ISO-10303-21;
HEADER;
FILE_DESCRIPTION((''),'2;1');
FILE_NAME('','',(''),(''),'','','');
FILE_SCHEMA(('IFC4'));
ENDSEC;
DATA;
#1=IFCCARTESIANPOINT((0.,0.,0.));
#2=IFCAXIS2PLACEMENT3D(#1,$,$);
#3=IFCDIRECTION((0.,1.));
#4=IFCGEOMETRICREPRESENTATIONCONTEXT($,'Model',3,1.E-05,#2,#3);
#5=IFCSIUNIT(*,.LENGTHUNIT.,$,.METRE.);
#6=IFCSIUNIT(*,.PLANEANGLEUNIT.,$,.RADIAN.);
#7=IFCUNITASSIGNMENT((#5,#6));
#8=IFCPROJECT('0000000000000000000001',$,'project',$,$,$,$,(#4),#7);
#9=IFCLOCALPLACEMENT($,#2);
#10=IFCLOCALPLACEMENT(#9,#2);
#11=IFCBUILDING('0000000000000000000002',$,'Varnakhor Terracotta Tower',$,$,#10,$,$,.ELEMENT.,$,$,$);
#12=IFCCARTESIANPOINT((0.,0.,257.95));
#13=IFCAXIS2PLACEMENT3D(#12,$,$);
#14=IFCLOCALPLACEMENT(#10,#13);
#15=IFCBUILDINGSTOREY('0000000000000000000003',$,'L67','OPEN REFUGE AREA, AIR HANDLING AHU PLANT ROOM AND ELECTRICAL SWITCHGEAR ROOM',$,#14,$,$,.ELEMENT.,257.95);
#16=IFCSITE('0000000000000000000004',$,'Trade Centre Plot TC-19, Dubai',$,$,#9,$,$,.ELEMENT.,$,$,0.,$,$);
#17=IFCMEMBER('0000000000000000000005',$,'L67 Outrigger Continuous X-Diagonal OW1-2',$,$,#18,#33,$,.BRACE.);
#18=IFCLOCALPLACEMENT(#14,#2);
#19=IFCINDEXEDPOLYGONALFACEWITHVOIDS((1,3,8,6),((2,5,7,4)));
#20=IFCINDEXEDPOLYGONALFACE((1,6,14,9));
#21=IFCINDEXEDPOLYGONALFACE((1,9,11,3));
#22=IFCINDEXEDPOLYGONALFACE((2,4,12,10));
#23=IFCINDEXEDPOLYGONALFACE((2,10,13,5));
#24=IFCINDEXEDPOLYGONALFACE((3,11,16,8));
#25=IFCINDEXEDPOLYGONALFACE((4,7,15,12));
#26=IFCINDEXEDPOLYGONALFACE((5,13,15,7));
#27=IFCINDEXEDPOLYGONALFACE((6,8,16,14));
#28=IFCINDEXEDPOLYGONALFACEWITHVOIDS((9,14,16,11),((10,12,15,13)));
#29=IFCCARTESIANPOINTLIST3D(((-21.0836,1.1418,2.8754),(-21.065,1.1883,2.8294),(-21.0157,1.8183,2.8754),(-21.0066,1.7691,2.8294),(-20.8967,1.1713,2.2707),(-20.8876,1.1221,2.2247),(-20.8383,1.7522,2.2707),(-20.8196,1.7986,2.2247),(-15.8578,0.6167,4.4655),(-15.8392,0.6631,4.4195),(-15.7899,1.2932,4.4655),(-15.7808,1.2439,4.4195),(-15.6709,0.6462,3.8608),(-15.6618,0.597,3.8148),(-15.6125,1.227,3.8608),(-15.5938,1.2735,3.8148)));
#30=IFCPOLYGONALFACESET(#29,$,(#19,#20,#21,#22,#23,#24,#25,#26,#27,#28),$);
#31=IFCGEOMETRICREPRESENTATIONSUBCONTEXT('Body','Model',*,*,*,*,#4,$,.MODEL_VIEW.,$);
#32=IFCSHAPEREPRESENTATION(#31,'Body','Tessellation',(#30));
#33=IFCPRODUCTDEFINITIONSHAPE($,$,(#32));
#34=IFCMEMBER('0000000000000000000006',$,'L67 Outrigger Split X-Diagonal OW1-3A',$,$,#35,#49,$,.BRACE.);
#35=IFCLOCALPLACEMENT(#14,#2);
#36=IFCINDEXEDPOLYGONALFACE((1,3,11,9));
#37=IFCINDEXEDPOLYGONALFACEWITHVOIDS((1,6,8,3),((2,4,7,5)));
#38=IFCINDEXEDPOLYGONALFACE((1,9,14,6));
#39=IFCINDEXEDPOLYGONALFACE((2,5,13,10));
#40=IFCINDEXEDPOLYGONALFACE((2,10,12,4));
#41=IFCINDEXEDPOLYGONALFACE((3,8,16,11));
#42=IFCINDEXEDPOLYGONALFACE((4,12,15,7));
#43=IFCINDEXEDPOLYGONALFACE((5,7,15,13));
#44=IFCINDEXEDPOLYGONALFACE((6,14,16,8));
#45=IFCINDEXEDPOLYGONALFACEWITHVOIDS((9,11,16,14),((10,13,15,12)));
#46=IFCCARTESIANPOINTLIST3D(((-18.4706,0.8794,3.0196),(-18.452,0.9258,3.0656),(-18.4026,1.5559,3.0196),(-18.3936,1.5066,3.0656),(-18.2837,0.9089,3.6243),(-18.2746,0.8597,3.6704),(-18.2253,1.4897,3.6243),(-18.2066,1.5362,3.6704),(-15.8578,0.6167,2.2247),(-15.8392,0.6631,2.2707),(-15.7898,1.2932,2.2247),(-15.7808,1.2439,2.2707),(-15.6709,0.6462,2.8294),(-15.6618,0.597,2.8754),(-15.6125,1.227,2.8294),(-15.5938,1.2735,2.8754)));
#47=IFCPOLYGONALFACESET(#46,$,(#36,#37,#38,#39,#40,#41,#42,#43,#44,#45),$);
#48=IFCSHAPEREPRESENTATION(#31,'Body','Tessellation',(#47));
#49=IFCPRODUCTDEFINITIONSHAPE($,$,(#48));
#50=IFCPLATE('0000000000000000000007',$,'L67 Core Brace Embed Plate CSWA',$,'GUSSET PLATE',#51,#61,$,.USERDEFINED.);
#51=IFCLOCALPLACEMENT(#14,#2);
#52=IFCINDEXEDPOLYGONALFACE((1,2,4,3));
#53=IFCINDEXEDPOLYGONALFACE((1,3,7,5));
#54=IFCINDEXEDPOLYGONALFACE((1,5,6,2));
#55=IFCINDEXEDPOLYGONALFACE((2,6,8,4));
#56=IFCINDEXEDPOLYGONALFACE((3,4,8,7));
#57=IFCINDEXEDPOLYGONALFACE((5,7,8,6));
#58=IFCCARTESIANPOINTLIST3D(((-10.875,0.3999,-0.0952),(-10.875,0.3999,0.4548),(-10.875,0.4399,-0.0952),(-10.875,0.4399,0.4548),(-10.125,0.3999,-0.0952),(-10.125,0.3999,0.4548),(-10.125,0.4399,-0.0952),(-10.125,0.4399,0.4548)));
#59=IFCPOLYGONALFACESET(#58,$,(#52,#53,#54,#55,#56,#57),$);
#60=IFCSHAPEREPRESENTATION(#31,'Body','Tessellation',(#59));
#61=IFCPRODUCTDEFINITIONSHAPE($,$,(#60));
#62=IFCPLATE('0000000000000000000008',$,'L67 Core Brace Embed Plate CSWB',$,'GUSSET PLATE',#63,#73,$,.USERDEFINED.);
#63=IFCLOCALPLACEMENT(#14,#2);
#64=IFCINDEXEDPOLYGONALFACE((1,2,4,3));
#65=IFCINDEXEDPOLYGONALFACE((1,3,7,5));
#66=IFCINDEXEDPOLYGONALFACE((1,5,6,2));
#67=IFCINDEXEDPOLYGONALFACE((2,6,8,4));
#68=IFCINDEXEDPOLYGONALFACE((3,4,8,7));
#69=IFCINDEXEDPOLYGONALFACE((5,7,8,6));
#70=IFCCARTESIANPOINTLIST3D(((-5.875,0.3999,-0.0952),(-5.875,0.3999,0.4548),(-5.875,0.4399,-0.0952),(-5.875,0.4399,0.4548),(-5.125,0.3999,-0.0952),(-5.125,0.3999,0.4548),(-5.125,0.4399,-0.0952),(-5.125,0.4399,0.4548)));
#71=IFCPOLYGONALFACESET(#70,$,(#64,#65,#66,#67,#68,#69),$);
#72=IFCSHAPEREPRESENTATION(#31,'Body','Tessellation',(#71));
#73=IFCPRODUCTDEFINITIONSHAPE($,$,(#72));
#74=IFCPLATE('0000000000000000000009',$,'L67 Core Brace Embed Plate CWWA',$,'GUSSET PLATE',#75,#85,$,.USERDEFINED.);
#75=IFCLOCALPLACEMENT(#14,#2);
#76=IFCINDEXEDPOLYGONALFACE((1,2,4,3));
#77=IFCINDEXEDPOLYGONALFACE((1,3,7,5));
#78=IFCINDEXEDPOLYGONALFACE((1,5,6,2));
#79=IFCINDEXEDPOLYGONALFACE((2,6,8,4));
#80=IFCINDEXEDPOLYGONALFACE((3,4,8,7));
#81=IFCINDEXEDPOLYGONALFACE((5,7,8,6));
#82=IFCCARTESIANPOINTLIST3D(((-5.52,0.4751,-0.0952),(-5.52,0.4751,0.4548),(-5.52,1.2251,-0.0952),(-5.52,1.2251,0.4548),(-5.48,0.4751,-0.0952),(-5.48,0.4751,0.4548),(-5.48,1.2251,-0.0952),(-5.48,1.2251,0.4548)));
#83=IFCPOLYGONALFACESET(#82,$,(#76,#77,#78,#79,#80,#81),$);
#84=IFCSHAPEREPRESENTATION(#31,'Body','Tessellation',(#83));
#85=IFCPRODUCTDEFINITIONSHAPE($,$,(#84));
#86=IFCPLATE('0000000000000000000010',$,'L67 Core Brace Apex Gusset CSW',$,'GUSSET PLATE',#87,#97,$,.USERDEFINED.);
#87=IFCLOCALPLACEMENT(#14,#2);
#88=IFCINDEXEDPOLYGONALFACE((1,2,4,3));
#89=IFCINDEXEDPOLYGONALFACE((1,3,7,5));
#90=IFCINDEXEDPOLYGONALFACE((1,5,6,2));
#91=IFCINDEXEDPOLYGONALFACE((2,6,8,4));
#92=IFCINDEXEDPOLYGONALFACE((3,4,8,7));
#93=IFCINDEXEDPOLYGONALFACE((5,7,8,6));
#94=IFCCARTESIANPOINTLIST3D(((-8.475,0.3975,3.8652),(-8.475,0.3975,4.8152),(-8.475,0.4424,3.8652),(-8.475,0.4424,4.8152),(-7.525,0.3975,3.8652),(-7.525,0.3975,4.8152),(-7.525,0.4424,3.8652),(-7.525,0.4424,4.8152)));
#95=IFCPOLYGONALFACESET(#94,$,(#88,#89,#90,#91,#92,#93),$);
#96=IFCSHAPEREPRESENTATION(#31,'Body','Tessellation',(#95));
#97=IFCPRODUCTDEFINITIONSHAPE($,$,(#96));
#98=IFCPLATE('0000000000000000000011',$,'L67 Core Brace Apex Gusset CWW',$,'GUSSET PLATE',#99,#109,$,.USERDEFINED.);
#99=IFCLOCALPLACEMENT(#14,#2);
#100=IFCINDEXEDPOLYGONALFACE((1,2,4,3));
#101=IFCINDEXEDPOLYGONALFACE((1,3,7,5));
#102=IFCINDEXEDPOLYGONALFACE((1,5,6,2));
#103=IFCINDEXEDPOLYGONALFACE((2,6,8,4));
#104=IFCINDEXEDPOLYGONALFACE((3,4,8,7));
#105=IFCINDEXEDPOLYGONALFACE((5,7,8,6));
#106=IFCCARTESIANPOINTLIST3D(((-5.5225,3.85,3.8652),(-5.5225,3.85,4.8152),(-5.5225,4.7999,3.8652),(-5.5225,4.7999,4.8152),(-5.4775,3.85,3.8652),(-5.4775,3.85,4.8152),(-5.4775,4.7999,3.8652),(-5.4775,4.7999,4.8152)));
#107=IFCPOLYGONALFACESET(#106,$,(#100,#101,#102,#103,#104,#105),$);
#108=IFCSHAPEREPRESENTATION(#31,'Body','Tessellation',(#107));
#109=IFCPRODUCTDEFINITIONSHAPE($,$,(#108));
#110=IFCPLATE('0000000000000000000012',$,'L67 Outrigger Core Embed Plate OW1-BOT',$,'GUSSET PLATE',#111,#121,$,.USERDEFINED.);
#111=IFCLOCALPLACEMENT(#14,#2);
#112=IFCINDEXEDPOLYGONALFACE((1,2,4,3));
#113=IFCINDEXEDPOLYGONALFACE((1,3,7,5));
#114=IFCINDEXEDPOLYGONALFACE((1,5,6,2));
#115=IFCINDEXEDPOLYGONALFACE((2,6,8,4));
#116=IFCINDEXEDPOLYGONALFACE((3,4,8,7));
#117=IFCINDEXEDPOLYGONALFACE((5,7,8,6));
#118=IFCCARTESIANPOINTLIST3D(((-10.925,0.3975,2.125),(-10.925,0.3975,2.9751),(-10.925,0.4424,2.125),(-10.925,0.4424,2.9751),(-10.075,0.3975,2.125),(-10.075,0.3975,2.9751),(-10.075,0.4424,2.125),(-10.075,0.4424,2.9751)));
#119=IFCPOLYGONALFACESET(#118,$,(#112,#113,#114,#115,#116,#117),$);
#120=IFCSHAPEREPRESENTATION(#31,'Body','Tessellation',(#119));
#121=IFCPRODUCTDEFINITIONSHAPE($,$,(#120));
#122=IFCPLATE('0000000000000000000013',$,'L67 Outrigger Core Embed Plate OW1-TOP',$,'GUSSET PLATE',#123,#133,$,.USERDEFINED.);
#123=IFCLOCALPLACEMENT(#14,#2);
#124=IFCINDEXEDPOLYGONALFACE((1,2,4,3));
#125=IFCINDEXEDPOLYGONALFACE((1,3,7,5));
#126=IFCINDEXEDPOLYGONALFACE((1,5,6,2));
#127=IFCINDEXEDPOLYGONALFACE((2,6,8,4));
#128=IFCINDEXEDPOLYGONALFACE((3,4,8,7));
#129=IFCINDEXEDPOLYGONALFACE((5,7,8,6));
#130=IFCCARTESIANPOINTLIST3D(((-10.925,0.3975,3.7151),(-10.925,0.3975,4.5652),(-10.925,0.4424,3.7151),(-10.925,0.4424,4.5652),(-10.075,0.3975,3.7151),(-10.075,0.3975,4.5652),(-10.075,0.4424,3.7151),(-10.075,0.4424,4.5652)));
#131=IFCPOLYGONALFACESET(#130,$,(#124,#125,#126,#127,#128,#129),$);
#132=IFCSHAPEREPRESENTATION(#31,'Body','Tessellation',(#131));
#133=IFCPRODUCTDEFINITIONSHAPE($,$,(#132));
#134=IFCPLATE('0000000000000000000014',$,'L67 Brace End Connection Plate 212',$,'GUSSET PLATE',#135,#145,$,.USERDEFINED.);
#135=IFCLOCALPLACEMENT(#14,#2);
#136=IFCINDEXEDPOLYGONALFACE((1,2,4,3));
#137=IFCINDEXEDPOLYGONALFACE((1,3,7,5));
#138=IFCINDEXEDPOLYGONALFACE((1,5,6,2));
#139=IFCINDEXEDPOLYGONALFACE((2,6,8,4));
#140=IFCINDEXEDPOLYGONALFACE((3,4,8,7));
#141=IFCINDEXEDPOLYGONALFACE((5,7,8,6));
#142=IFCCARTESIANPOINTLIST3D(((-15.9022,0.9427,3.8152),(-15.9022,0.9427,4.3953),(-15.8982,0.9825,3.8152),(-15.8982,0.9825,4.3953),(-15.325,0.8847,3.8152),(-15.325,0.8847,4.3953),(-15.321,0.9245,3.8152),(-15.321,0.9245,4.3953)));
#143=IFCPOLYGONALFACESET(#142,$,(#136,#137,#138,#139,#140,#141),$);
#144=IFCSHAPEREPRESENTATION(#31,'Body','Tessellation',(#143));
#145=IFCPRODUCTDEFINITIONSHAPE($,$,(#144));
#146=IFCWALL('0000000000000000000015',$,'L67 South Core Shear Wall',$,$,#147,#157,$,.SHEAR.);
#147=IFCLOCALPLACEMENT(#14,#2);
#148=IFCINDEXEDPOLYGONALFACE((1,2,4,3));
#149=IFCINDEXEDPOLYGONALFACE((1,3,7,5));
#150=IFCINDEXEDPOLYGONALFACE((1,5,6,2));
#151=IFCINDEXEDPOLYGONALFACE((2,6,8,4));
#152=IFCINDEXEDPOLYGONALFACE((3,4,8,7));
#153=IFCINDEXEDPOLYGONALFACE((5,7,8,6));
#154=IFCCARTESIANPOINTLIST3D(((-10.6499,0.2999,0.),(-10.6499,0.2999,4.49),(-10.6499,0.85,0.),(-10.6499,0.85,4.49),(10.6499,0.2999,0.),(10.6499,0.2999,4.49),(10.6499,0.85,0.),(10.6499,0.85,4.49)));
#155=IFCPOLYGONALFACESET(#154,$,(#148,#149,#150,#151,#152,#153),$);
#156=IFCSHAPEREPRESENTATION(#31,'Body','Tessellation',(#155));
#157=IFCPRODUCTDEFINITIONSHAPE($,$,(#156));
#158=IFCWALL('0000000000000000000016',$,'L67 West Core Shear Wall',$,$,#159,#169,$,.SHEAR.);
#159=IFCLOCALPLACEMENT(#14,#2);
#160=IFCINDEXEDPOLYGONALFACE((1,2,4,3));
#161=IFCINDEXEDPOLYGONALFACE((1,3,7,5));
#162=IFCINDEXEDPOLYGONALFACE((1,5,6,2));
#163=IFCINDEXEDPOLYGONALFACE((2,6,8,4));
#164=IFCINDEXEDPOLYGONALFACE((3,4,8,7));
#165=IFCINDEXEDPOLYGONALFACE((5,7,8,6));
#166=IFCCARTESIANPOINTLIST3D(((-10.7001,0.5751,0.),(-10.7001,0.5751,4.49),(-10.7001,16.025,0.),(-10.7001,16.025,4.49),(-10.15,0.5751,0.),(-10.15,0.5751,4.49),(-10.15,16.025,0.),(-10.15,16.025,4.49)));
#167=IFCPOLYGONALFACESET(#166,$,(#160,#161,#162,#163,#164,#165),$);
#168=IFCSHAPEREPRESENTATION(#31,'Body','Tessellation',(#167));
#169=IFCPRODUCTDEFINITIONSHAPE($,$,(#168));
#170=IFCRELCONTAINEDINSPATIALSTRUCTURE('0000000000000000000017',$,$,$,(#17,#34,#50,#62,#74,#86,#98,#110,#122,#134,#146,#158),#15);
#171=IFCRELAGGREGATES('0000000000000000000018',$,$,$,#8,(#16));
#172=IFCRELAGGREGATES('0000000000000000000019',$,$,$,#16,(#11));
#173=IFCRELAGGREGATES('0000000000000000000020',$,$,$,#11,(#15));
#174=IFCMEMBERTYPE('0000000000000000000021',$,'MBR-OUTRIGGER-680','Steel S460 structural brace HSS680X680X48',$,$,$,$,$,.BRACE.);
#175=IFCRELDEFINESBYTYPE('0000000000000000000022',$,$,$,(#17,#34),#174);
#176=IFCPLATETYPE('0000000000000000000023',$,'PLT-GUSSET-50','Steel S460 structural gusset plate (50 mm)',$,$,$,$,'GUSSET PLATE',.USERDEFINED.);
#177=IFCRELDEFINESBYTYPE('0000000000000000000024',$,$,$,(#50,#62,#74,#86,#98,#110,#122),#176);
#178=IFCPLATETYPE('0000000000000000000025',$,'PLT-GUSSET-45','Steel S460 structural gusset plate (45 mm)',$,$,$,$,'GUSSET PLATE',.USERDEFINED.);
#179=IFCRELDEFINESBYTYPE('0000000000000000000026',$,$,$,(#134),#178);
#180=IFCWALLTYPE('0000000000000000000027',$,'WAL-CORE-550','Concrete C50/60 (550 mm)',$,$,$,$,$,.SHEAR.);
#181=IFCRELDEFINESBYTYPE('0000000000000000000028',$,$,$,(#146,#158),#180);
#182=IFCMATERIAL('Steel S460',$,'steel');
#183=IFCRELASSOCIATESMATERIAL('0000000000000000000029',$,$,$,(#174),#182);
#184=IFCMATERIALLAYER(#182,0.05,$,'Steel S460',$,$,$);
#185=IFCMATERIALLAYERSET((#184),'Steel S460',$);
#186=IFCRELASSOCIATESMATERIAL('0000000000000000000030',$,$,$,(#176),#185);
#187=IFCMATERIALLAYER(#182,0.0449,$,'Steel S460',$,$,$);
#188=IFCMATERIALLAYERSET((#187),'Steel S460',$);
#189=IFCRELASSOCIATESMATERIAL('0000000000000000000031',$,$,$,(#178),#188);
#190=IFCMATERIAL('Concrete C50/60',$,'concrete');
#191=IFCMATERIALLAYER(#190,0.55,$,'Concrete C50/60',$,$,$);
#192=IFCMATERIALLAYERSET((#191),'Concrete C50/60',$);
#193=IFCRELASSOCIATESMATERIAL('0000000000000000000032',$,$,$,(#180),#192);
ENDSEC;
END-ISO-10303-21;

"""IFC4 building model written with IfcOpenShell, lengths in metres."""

from ifc_helpers import new_model, si_unit, direction, frame, frame_2d, origin, origin_2d, place, context, subcontext, project, spatial, rectangle, hollow_rectangle, extrude, source, transform, mapped, material, layer, layer_set, material_profile, profile_set, type_object, type_shapes, element, save


model = new_model("IFC4")

# Units and contexts
model_context = context("Model", 3, precision=1e-05, world=origin(), true_north=direction((0.0, 1.0)))
body_context = subcontext(model_context, "Body", "Model", "MODEL_VIEW")
ifc_project = project(units=[si_unit("LENGTHUNIT", "METRE"), si_unit("PLANEANGLEUNIT", "RADIAN")], contexts=[model_context])

# Site, building, storey
site_placement = place(None, origin())
site = spatial("IfcSite", under=ifc_project, at=site_placement, Name="Trade Centre Plot TC-19, Dubai", CompositionType="ELEMENT", RefElevation=0.0)
building_placement = place(site_placement, origin())
building = spatial("IfcBuilding", under=site, at=building_placement, Name="Varnakhor Terracotta Tower", CompositionType="ELEMENT")
storey_placement = place(building_placement, frame((0.0, 0.0, 257.95)))
storey = spatial("IfcBuildingStorey", under=building, at=storey_placement, Name="L67", Description="OPEN REFUGE AREA, AIR HANDLING AHU PLANT ROOM AND ELECTRICAL SWITCHGEAR ROOM", CompositionType="ELEMENT", Elevation=257.95)

# Shared definitions
ifc_material_1 = material(Name="Concrete C50/60", Category="concrete")

# Members
ifc_material_2 = material(Name="Steel S460", Category="steel")
ifc_material_profile_1 = material_profile(ifc_material_2, hollow_rectangle(XDim=0.6799, YDim=0.6799, WallThickness=0.0481, at=origin_2d()), Name="HSS680X680X48")
ifc_profile_set_1 = profile_set([ifc_material_profile_1], Name="Steel S460")
member_type_1 = type_object("IfcMemberType", Name="MBR-OUTRIGGER-680", Description="Steel S460 structural brace HSS680X680X48", PredefinedType="BRACE", material=ifc_profile_set_1)
shared_shape_1 = source(origin(), body_context, "Body", "SweptSolid", [
    extrude(hollow_rectangle(XDim=0.6799, YDim=0.6799, WallThickness=0.0481, at=origin_2d()), origin(), (0.0, 0.0, 1.0), 5.4875),
])
for number, where, z_axis, x_axis, name in (
    (1, (-15.7258, 0.9451, 4.1401), (-0.952303, 0.095697, -0.289762), (-0.099987, -0.994989, 0.0), "L67 Outrigger Continuous X-Diagonal OW1-2"),
):
    element("IfcMember", number, at=place(storey_placement, frame(where, z_axis=z_axis, x_axis=x_axis)), inside=storey, type_object=member_type_1, Name=name, PredefinedType="BRACE", context=body_context, shape_type="MappedRepresentation", body=[
        mapped(shared_shape_1, transform((0.0, 0.0, 0.0), scale=1.0)),
    ])
shared_shape_2 = source(origin(), body_context, "Body", "SweptSolid", [
    extrude(hollow_rectangle(XDim=0.6799, YDim=0.6799, WallThickness=0.0481, at=origin_2d()), origin(), (0.0, 0.0, 1.0), 2.7437),
])
member_1_placement = place(storey_placement, frame((-15.7258, 0.9451, 2.55), z_axis=(-0.952307, 0.095747, 0.289732), x_axis=(-0.100038, -0.994984, 0.0)))
element("IfcMember", 2, at=member_1_placement, inside=storey, type_object=member_type_1, Name="L67 Outrigger Split X-Diagonal OW1-3A", PredefinedType="BRACE", context=body_context, shape_type="MappedRepresentation", body=[
    mapped(shared_shape_2, transform((0.0, 0.0, 0.0), scale=1.0)),
])

# Plates
ifc_layer_1 = layer(ifc_material_2, 0.05, Name="Steel S460")
ifc_layer_set_1 = layer_set([ifc_layer_1], Name="Steel S460")
plate_type_1 = type_object("IfcPlateType", Name="PLT-GUSSET-50", Description="Steel S460 structural gusset plate (50 mm)", ElementType="GUSSET PLATE", PredefinedType="USERDEFINED", material=ifc_layer_set_1)
shared_shape_3 = source(origin(), body_context, "Body", "SweptSolid", [
    extrude(rectangle(XDim=0.75, YDim=0.04, at=origin_2d()), origin(), (0.0, 0.0, 1.0), 0.55),
])
type_shapes(plate_type_1, [shared_shape_3])
for number, where, z_axis, x_axis, name in (
    (3, (-10.5, 0.4199, -0.0952), (0.0, 0.0, 1.0), (1.0, 0.0, 0.0), "L67 Core Brace Embed Plate CSWA"),
    (4, (-5.5, 0.4199, -0.0952), (0.0, 0.0, 1.0), (1.0, 0.0, 0.0), "L67 Core Brace Embed Plate CSWB"),
    (5, (-5.5, 0.8501, -0.0952), (0.0, 0.0, 1.0), (0.0, 1.0, 0.0), "L67 Core Brace Embed Plate CWWA"),
):
    element("IfcPlate", number, at=place(storey_placement, frame(where, z_axis=z_axis, x_axis=x_axis)), inside=storey, type_object=plate_type_1, Name=name, ObjectType="GUSSET PLATE", PredefinedType="USERDEFINED", context=body_context, shape_type="MappedRepresentation", body=[
        mapped(shared_shape_3, transform((0.0, 0.0, 0.0), scale=1.0)),
    ])
shared_shape_4 = source(origin(), body_context, "Body", "SweptSolid", [
    extrude(rectangle(XDim=0.95, YDim=0.0449, at=origin_2d()), origin(), (0.0, 0.0, 1.0), 0.95),
])
for number, where, z_axis, x_axis, name in (
    (6, (-8.0, 0.4199, 3.8652), (0.0, 0.0, 1.0), (1.0, 0.0, 0.0), "L67 Core Brace Apex Gusset CSW"),
    (7, (-5.5, 4.325, 3.8652), (0.0, 0.0, 1.0), (0.0, 1.0, 0.0), "L67 Core Brace Apex Gusset CWW"),
):
    element("IfcPlate", number, at=place(storey_placement, frame(where, z_axis=z_axis, x_axis=x_axis)), inside=storey, type_object=plate_type_1, Name=name, ObjectType="GUSSET PLATE", PredefinedType="USERDEFINED", context=body_context, shape_type="MappedRepresentation", body=[
        mapped(shared_shape_4, transform((0.0, 0.0, 0.0), scale=1.0)),
    ])
shared_shape_5 = source(origin(), body_context, "Body", "SweptSolid", [
    extrude(rectangle(XDim=0.8501, YDim=0.0449, at=origin_2d()), origin(), (0.0, 0.0, 1.0), 0.8501),
])
for number, where, z_axis, x_axis, name in (
    (8, (-10.5, 0.4199, 2.125), (0.0, 0.0, 1.0), (1.0, 0.0, 0.0), "L67 Outrigger Core Embed Plate OW1-BOT"),
    (9, (-10.5, 0.4199, 3.7151), (0.0, 0.0, 1.0), (1.0, 0.0, 0.0), "L67 Outrigger Core Embed Plate OW1-TOP"),
):
    element("IfcPlate", number, at=place(storey_placement, frame(where, z_axis=z_axis, x_axis=x_axis)), inside=storey, type_object=plate_type_1, Name=name, ObjectType="GUSSET PLATE", PredefinedType="USERDEFINED", context=body_context, shape_type="MappedRepresentation", body=[
        mapped(shared_shape_5, transform((0.0, 0.0, 0.0), scale=1.0)),
    ])
ifc_layer_2 = layer(ifc_material_2, 0.0449, Name="Steel S460")
ifc_layer_set_2 = layer_set([ifc_layer_2], Name="Steel S460")
plate_type_2 = type_object("IfcPlateType", Name="PLT-GUSSET-45", Description="Steel S460 structural gusset plate (45 mm)", ElementType="GUSSET PLATE", PredefinedType="USERDEFINED", material=ifc_layer_set_2)
shared_shape_6 = source(origin(), body_context, "Body", "SweptSolid", [
    extrude(rectangle(XDim=0.5801, YDim=0.04, at=origin_2d()), origin(), (0.0, 0.0, 1.0), 0.5801),
])
plate_placement = place(storey_placement, frame((-15.6116, 0.9336, 3.8152), z_axis=(0.0, 0.0, 1.0), x_axis=(-0.994989, 0.09998, 0.0)))
element("IfcPlate", 10, at=plate_placement, inside=storey, type_object=plate_type_2, Name="L67 Brace End Connection Plate 212", ObjectType="GUSSET PLATE", PredefinedType="USERDEFINED", context=body_context, shape_type="MappedRepresentation", body=[
    mapped(shared_shape_6, transform((0.0, 0.0, 0.0), scale=1.0)),
])

# Walls
ifc_layer_3 = layer(ifc_material_1, 0.55, Name="Concrete C50/60")
ifc_layer_set_3 = layer_set([ifc_layer_3], Name="Concrete C50/60")
wall_type_1 = type_object("IfcWallType", Name="WAL-CORE-550", Description="Concrete C50/60 (550 mm)", PredefinedType="SHEAR", material=ifc_layer_set_3)
wall_1_placement = place(storey_placement, frame((-10.6499, 0.575, 0.0), z_axis=(0.0, 0.0, 1.0), x_axis=(1.0, 0.0, 0.0)))
element("IfcWall", 11, at=wall_1_placement, inside=storey, type_object=wall_type_1, Name="L67 South Core Shear Wall", PredefinedType="SHEAR", context=body_context, shape_type="SweptSolid", body=[
    extrude(rectangle(XDim=21.2998, YDim=0.55, at=frame_2d((10.6499, 0.0))), origin(), (0.0, 0.0, 1.0), 4.49),
])
wall_2_placement = place(storey_placement, frame((-10.425, 0.575, 0.0), z_axis=(0.0, 0.0, 1.0), x_axis=(0.0, 1.0, 0.0)))
element("IfcWall", 12, at=wall_2_placement, inside=storey, type_object=wall_type_1, Name="L67 West Core Shear Wall", PredefinedType="SHEAR", context=body_context, shape_type="SweptSolid", body=[
    extrude(rectangle(XDim=15.45, YDim=0.55, at=frame_2d((7.7251, 0.0))), origin(), (0.0, 0.0, 1.0), 4.49),
])

save(model, "model.ifc")
